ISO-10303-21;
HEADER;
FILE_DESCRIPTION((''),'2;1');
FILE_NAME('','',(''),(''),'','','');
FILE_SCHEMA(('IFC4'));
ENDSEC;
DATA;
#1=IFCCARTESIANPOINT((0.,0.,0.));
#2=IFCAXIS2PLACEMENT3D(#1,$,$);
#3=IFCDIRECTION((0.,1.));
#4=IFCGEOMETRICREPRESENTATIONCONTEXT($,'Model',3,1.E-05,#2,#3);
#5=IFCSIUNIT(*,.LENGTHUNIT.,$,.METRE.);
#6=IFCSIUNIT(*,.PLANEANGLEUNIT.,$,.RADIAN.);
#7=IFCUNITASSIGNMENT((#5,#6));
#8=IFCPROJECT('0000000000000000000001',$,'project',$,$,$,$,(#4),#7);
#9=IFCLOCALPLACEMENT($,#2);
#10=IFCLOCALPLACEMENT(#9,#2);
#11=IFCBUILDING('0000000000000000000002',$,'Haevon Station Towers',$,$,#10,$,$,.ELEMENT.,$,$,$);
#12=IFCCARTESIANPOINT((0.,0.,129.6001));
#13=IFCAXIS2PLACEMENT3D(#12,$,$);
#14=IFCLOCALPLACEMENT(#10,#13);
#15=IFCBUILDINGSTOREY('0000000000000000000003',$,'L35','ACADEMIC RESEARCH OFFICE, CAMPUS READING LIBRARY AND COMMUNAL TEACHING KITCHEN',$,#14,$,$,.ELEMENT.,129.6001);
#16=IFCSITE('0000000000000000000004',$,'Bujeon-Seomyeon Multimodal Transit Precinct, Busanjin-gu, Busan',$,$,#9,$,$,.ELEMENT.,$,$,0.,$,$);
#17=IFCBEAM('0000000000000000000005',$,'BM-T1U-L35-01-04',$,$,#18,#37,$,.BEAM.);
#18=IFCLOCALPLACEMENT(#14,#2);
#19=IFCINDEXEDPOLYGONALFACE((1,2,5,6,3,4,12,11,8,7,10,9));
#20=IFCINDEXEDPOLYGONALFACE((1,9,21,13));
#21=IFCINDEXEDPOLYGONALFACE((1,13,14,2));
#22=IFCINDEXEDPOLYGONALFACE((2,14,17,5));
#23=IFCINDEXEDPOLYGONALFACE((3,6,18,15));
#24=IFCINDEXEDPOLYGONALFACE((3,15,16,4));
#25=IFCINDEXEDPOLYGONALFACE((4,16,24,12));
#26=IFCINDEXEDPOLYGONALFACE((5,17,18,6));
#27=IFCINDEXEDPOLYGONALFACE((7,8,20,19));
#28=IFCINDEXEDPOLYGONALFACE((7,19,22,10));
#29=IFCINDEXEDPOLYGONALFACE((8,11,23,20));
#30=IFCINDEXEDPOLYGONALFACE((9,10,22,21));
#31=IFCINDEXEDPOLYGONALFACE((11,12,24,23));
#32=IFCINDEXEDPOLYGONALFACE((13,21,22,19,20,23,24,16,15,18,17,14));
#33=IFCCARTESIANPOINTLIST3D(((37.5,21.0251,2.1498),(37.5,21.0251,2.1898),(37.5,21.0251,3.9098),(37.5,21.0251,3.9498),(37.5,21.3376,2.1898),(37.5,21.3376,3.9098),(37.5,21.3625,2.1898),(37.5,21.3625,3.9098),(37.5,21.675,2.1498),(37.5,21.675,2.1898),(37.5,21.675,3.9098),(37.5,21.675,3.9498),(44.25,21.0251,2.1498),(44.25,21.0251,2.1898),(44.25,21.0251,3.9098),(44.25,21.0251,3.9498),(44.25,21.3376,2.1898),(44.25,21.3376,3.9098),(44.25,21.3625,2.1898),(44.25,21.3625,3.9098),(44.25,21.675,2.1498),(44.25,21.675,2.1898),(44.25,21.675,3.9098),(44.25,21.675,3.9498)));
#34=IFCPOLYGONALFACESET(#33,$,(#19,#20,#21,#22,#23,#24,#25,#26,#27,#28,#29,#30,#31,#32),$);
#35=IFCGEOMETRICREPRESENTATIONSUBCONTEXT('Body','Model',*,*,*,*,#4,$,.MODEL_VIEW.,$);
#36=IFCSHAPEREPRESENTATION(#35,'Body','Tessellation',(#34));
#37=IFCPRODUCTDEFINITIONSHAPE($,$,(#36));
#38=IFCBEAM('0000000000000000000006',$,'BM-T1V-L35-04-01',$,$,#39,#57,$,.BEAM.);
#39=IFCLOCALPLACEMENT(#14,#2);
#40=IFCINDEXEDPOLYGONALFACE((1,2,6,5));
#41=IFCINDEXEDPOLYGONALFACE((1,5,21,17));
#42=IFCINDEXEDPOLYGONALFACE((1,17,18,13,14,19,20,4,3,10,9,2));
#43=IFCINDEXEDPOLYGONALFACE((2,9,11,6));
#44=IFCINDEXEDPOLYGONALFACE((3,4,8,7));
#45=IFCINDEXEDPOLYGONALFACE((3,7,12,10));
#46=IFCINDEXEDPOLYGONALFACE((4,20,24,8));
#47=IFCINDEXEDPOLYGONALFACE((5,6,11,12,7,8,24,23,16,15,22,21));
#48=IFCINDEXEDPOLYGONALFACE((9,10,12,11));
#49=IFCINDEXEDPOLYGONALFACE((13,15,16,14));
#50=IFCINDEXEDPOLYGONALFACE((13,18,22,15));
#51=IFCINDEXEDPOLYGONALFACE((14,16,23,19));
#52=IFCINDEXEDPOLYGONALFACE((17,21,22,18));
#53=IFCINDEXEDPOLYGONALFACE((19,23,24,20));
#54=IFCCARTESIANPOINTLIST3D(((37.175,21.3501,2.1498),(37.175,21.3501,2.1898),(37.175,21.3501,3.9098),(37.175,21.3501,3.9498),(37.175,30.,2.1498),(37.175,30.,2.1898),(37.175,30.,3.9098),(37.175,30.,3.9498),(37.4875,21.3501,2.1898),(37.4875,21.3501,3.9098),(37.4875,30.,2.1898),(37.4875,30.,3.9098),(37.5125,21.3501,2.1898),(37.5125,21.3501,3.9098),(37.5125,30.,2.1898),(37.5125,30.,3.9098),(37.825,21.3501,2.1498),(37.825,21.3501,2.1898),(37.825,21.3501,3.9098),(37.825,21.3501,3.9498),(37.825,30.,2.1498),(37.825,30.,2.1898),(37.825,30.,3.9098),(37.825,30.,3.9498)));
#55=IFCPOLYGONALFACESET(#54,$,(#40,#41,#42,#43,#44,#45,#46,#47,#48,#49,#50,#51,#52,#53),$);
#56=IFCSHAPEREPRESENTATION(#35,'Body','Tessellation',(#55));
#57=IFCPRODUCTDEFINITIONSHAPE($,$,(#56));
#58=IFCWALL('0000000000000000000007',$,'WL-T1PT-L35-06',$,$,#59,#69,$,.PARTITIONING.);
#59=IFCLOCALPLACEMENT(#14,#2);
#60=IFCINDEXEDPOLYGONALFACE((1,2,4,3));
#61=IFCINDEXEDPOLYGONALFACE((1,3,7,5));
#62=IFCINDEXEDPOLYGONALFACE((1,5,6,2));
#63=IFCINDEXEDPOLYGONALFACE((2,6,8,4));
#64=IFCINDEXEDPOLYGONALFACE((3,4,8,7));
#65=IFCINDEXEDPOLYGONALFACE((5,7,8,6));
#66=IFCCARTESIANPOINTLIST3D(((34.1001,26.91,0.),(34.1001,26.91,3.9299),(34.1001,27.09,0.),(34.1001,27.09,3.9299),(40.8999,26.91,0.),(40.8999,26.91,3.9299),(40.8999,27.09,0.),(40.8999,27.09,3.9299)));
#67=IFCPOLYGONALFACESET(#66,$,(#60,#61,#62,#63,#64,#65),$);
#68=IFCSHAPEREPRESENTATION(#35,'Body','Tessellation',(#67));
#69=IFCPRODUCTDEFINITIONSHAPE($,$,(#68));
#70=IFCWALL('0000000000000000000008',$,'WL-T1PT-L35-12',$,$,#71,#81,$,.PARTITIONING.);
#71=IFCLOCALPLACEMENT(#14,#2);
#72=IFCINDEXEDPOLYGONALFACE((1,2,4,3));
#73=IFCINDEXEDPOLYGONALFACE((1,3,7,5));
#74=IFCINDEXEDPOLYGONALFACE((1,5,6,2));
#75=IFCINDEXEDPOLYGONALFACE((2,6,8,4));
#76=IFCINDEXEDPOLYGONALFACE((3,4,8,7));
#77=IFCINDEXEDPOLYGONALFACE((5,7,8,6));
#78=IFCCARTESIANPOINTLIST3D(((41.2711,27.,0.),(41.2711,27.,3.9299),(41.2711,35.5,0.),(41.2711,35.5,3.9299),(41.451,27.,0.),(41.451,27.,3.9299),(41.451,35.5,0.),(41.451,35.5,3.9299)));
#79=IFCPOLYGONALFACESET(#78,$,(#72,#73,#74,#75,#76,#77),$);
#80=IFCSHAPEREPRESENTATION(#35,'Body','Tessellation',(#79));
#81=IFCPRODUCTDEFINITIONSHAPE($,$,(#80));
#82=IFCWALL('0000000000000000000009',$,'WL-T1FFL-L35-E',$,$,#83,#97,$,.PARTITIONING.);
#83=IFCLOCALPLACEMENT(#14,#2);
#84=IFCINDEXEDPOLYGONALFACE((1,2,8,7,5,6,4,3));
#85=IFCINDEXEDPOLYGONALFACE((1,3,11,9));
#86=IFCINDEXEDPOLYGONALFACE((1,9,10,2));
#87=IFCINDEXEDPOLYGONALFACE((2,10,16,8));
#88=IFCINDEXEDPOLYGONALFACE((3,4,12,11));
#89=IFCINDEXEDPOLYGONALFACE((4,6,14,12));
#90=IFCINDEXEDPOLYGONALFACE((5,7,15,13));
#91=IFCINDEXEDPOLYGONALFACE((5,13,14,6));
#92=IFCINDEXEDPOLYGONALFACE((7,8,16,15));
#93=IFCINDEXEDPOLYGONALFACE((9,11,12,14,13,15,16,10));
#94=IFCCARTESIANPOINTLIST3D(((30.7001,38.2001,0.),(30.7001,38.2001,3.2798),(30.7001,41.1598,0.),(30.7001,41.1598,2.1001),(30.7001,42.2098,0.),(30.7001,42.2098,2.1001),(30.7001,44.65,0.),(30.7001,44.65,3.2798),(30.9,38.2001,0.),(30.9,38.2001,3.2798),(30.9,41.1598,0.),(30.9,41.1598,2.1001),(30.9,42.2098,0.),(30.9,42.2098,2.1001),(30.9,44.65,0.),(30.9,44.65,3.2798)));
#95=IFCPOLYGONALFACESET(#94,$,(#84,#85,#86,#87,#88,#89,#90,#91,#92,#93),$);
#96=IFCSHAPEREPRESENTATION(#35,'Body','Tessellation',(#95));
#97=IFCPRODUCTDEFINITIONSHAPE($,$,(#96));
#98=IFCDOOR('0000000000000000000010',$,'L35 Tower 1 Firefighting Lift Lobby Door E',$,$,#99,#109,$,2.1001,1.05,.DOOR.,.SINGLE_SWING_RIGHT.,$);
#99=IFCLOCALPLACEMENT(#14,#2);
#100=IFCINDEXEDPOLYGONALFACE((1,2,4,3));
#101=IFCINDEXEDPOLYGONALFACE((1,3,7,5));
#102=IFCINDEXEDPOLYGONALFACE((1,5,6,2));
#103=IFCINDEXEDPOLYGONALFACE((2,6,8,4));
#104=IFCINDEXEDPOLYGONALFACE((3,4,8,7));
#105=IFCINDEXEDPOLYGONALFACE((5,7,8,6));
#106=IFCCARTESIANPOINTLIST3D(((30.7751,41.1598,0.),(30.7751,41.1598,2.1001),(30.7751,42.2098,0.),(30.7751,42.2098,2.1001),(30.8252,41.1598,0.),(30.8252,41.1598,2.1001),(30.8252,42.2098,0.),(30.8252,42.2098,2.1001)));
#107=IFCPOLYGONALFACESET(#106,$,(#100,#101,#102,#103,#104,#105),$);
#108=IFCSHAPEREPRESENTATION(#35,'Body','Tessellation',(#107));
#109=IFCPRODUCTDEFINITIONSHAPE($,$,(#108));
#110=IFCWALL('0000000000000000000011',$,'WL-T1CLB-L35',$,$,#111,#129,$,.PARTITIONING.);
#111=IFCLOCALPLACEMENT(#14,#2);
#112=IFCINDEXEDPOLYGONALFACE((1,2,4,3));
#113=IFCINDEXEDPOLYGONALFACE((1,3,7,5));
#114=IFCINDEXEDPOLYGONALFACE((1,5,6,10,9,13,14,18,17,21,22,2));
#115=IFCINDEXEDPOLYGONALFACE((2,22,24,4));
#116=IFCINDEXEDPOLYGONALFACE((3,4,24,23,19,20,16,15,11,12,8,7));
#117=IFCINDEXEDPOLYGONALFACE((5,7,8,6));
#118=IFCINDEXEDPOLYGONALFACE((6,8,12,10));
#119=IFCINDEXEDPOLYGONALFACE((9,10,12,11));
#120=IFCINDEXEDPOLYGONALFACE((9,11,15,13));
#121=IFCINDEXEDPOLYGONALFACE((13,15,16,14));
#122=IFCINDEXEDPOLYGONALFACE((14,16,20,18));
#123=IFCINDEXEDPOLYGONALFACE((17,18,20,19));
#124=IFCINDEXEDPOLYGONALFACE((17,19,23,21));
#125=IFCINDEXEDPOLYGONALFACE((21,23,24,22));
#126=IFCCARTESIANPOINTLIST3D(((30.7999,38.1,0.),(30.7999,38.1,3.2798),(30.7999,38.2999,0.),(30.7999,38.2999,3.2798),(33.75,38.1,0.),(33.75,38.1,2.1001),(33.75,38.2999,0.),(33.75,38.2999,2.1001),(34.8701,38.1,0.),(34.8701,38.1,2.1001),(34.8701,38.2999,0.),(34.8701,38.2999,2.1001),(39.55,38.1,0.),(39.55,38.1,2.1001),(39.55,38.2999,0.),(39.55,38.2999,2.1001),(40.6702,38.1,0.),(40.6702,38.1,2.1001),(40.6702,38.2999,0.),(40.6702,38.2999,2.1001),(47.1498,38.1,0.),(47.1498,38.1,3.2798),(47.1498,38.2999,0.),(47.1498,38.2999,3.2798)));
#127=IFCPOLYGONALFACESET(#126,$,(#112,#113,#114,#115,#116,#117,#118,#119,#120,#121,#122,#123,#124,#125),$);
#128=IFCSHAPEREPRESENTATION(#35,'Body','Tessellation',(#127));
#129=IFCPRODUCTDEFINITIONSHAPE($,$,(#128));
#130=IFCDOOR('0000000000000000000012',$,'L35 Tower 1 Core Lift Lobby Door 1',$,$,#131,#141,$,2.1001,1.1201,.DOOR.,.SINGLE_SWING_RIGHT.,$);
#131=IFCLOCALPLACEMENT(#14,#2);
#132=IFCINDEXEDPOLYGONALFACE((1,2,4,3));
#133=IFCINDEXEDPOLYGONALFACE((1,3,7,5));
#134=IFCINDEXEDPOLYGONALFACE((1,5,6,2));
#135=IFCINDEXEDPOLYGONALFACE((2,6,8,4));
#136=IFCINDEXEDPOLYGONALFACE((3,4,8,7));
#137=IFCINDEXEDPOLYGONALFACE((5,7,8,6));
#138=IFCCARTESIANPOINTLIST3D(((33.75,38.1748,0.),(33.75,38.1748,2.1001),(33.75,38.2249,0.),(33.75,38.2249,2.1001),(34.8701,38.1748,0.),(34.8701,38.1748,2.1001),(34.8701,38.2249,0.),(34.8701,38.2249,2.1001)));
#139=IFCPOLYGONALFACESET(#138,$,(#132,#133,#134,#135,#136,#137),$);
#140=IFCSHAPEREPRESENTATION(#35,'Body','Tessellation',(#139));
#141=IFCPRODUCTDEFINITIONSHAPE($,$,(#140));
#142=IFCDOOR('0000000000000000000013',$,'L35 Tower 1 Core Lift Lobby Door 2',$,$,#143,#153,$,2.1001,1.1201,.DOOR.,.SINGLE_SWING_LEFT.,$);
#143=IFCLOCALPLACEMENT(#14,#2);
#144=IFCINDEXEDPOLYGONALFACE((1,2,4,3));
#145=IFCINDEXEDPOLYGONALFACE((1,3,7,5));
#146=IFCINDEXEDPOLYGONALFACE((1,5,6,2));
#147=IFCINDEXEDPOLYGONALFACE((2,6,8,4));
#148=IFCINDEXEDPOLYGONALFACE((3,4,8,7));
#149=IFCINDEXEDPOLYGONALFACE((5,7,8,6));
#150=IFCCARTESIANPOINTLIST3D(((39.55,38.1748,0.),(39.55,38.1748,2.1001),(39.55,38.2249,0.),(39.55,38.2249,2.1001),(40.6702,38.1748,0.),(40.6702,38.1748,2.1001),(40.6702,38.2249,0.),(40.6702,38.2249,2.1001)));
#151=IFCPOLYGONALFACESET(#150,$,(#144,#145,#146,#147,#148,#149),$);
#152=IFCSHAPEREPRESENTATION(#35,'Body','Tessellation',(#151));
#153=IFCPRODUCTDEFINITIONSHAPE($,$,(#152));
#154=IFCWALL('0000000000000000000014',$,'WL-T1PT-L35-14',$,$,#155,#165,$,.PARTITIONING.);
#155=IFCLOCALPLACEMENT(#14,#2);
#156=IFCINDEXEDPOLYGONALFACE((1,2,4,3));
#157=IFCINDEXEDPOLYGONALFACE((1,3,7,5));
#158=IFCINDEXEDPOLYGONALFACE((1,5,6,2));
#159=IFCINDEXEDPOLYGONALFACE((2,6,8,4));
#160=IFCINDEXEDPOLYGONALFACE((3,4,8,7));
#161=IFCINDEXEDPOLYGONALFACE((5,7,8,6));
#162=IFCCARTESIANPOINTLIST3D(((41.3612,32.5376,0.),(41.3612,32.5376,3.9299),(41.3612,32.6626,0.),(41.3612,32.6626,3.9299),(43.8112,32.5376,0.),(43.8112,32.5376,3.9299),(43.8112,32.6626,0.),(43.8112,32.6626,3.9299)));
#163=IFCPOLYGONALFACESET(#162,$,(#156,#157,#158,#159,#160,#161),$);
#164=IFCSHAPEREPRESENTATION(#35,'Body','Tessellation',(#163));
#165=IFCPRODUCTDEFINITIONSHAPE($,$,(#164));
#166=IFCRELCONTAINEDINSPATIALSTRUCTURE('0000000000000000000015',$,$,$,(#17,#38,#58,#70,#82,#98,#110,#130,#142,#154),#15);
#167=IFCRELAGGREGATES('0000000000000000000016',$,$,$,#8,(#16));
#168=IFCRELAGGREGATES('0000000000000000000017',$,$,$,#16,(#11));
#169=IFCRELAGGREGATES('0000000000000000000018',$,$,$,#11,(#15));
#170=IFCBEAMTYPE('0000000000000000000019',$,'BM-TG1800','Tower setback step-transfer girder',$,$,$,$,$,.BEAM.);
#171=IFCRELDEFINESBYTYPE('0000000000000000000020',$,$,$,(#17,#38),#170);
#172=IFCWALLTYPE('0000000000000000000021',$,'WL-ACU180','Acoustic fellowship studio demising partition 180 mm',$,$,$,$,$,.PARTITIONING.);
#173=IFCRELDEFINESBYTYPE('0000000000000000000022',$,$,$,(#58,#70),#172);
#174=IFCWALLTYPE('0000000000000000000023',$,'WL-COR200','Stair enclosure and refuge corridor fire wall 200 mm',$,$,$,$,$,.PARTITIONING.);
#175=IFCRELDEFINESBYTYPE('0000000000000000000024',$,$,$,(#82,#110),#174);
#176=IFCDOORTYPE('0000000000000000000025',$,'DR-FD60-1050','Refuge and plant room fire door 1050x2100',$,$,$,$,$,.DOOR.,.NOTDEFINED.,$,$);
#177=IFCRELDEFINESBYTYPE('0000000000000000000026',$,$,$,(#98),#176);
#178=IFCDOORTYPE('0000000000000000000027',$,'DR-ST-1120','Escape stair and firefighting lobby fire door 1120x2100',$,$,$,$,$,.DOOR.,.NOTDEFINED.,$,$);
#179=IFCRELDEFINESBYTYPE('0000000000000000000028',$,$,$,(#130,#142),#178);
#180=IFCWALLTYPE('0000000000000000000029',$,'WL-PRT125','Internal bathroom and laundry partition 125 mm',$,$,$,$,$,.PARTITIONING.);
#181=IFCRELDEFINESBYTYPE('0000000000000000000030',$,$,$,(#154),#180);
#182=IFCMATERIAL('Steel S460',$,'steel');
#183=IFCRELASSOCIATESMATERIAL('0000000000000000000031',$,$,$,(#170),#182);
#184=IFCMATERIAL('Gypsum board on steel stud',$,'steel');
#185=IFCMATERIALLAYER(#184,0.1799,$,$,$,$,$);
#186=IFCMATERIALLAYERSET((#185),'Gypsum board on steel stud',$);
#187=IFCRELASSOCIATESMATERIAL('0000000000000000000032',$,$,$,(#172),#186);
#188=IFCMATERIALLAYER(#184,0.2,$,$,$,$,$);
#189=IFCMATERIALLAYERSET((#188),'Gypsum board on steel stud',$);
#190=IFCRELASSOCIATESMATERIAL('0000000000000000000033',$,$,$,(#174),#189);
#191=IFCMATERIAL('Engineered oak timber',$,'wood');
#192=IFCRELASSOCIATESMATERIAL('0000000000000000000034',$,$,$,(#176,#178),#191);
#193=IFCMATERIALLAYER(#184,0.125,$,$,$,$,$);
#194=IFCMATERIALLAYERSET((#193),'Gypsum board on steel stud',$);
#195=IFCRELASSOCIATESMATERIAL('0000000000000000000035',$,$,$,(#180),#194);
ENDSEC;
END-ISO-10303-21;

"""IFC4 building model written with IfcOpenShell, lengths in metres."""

from ifc_helpers import new_model, si_unit, direction, frame, frame_2d, origin, origin_2d, place, context, subcontext, project, spatial, rectangle, i_section, extrude, material, layer, layer_set, material_profile, profile_set, type_object, element, fill, save


model = new_model("IFC4")

# Units and contexts
model_context = context("Model", 3, precision=1e-05, world=origin(), true_north=direction((0.0, 1.0)))
body_context = subcontext(model_context, "Body", "Model", "MODEL_VIEW")
ifc_project = project(units=[si_unit("LENGTHUNIT", "METRE"), si_unit("PLANEANGLEUNIT", "RADIAN")], contexts=[model_context])

# Site, building, storey
site_placement = place(None, origin())
site = spatial("IfcSite", under=ifc_project, at=site_placement, Name="Bujeon-Seomyeon Multimodal Transit Precinct, Busanjin-gu, Busan", CompositionType="ELEMENT", RefElevation=0.0)
building_placement = place(site_placement, origin())
building = spatial("IfcBuilding", under=site, at=building_placement, Name="Haevon Station Towers", CompositionType="ELEMENT")
storey_placement = place(building_placement, frame((0.0, 0.0, 129.6001)))
storey = spatial("IfcBuildingStorey", under=building, at=storey_placement, Name="L35", Description="ACADEMIC RESEARCH OFFICE, CAMPUS READING LIBRARY AND COMMUNAL TEACHING KITCHEN", CompositionType="ELEMENT", Elevation=129.6001)

# Shared definitions
ifc_material_1 = material(Name="Steel S460", Category="steel")

# Beams
ifc_material_profile_1 = material_profile(ifc_material_1, i_section(OverallWidth=0.6499, OverallDepth=1.8, WebThickness=0.0249, FlangeThickness=0.04, at=origin_2d()), Name="H-1800x650x25x40")
ifc_profile_set_1 = profile_set([ifc_material_profile_1], Name="Steel S460")
beam_type_1 = type_object("IfcBeamType", Name="BM-TG1800", Description="Tower setback step-transfer girder", PredefinedType="BEAM", material=ifc_profile_set_1)
beam_1_placement = place(storey_placement, frame((37.5, 21.3501, 3.0498), z_axis=(1.0, 0.0, 0.0), x_axis=(0.0, 1.0, 0.0)))
element("IfcBeam", 1, at=beam_1_placement, inside=storey, type_object=beam_type_1, Name="BM-T1U-L35-01-04", PredefinedType="BEAM", context=body_context, shape_type="SweptSolid", body=[
    extrude(i_section(OverallWidth=0.6499, OverallDepth=1.8, WebThickness=0.0249, FlangeThickness=0.04, at=origin_2d()), origin(), (0.0, 0.0, 1.0), 6.75),
])
beam_2_placement = place(storey_placement, frame((37.5, 21.3501, 3.0498), z_axis=(0.0, 1.0, 0.0), x_axis=(-1.0, 0.0, 0.0)))
element("IfcBeam", 2, at=beam_2_placement, inside=storey, type_object=beam_type_1, Name="BM-T1V-L35-04-01", PredefinedType="BEAM", context=body_context, shape_type="SweptSolid", body=[
    extrude(i_section(OverallWidth=0.6499, OverallDepth=1.8, WebThickness=0.0249, FlangeThickness=0.04, at=origin_2d()), origin(), (0.0, 0.0, 1.0), 8.6499),
])

# Walls
ifc_material_2 = material(Name="Gypsum board on steel stud", Category="steel")
ifc_layer_1 = layer(ifc_material_2, 0.1799)
ifc_layer_set_1 = layer_set([ifc_layer_1], Name="Gypsum board on steel stud")
wall_type_1 = type_object("IfcWallType", Name="WL-ACU180", Description="Acoustic fellowship studio demising partition 180 mm", PredefinedType="PARTITIONING", material=ifc_layer_set_1)
wall_1_placement = place(storey_placement, frame((34.1001, 27.0, 0.0), z_axis=(0.0, 0.0, 1.0), x_axis=(1.0, 0.0, 0.0)))
element("IfcWall", 3, at=wall_1_placement, inside=storey, type_object=wall_type_1, Name="WL-T1PT-L35-06", PredefinedType="PARTITIONING", context=body_context, shape_type="SweptSolid", body=[
    extrude(rectangle(XDim=6.7998, YDim=0.1799, at=frame_2d((3.3999, 0.0))), origin(), (0.0, 0.0, 1.0), 3.9299),
])
wall_2_placement = place(storey_placement, frame((41.3611, 27.0, 0.0), z_axis=(0.0, 0.0, 1.0), x_axis=(0.0, 1.0, 0.0)))
element("IfcWall", 4, at=wall_2_placement, inside=storey, type_object=wall_type_1, Name="WL-T1PT-L35-12", PredefinedType="PARTITIONING", context=body_context, shape_type="SweptSolid", body=[
    extrude(rectangle(XDim=8.5, YDim=0.1799, at=frame_2d((4.25, 0.0))), origin(), (0.0, 0.0, 1.0), 3.9299),
])

# Wall, opening, door
ifc_layer_2 = layer(ifc_material_2, 0.2)
ifc_layer_set_2 = layer_set([ifc_layer_2], Name="Gypsum board on steel stud")
wall_type_2 = type_object("IfcWallType", Name="WL-COR200", Description="Stair enclosure and refuge corridor fire wall 200 mm", PredefinedType="PARTITIONING", material=ifc_layer_set_2)
wall_3_placement = place(storey_placement, frame((30.8, 38.2, 0.0), z_axis=(0.0, 0.0, 1.0), x_axis=(0.0, 1.0, 0.0)))
wall_3 = element("IfcWall", 5, at=wall_3_placement, inside=storey, type_object=wall_type_2, Name="WL-T1FFL-L35-E", PredefinedType="PARTITIONING", context=body_context, shape_type="SweptSolid", body=[
    extrude(rectangle(XDim=6.45, YDim=0.2, at=frame_2d((3.2251, 0.0))), origin(), (0.0, 0.0, 1.0), 3.2798),
])
opening_1_placement = place(wall_3_placement, frame((2.96, 0.0, 0.0)))
opening_1 = element("IfcOpeningElement", 6, at=opening_1_placement, cuts=wall_3, PredefinedType="OPENING", context=body_context, shape_type="SweptSolid", body=[
    extrude(rectangle(XDim=1.05, YDim=2.1001, at=frame_2d((0.5249, 1.05))), frame((0.0, 0.1099, 0.0), z_axis=(0.0, -1.0, 0.0), x_axis=(1.0, 0.0, 0.0)), (0.0, 0.0, 1.0), 0.22),
])
ifc_material_3 = material(Name="Engineered oak timber", Category="wood")
door_type_1 = type_object("IfcDoorType", Name="DR-FD60-1050", Description="Refuge and plant room fire door 1050x2100", OperationType="NOTDEFINED", PredefinedType="DOOR", material=ifc_material_3)
door_1_placement = place(opening_1_placement, origin())
door_1 = element("IfcDoor", 7, at=door_1_placement, inside=storey, type_object=door_type_1, Name="L35 Tower 1 Firefighting Lift Lobby Door E", OperationType="SINGLE_SWING_RIGHT", OverallHeight=2.1001, OverallWidth=1.05, PredefinedType="DOOR", context=body_context, shape_type="SweptSolid", body=[
    extrude(rectangle(XDim=1.05, YDim=2.1001, at=frame_2d((0.5249, 1.05))), frame((0.0, 0.0249, 0.0), z_axis=(0.0, -1.0, 0.0), x_axis=(1.0, 0.0, 0.0)), (0.0, 0.0, 1.0), 0.05),
])
fill(opening_1, door_1)

# Wall, openings, doors
wall_4_placement = place(storey_placement, frame((30.8, 38.2, 0.0), z_axis=(0.0, 0.0, 1.0), x_axis=(1.0, 0.0, 0.0)))
wall_4 = element("IfcWall", 8, at=wall_4_placement, inside=storey, type_object=wall_type_2, Name="WL-T1CLB-L35", PredefinedType="PARTITIONING", context=body_context, shape_type="SweptSolid", body=[
    extrude(rectangle(XDim=16.3499, YDim=0.2, at=frame_2d((8.1748, 0.0))), origin(), (0.0, 0.0, 1.0), 3.2798),
])
opening_2_placement = place(wall_4_placement, frame((2.95, 0.0, 0.0)))
opening_2 = element("IfcOpeningElement", 9, at=opening_2_placement, cuts=wall_4, PredefinedType="OPENING", context=body_context, shape_type="SweptSolid", body=[
    extrude(rectangle(XDim=1.1201, YDim=2.1001, at=frame_2d((0.5601, 1.05))), frame((0.0, 0.1099, 0.0), z_axis=(0.0, -1.0, 0.0), x_axis=(1.0, 0.0, 0.0)), (0.0, 0.0, 1.0), 0.22),
])
opening_3_placement = place(wall_4_placement, frame((8.75, 0.0, 0.0)))
opening_3 = element("IfcOpeningElement", 10, at=opening_3_placement, cuts=wall_4, PredefinedType="OPENING", context=body_context, shape_type="SweptSolid", body=[
    extrude(rectangle(XDim=1.1201, YDim=2.1001, at=frame_2d((0.5601, 1.05))), frame((0.0, 0.1099, 0.0), z_axis=(0.0, -1.0, 0.0), x_axis=(1.0, 0.0, 0.0)), (0.0, 0.0, 1.0), 0.22),
])
door_type_2 = type_object("IfcDoorType", Name="DR-ST-1120", Description="Escape stair and firefighting lobby fire door 1120x2100", OperationType="NOTDEFINED", PredefinedType="DOOR", material=ifc_material_3)
door_2_placement = place(opening_2_placement, origin())
door_2 = element("IfcDoor", 11, at=door_2_placement, inside=storey, type_object=door_type_2, Name="L35 Tower 1 Core Lift Lobby Door 1", OperationType="SINGLE_SWING_RIGHT", OverallHeight=2.1001, OverallWidth=1.1201, PredefinedType="DOOR", context=body_context, shape_type="SweptSolid", body=[
    extrude(rectangle(XDim=1.1201, YDim=2.1001, at=frame_2d((0.5601, 1.05))), frame((0.0, 0.0249, 0.0), z_axis=(0.0, -1.0, 0.0), x_axis=(1.0, 0.0, 0.0)), (0.0, 0.0, 1.0), 0.05),
])
fill(opening_2, door_2)
door_3_placement = place(opening_3_placement, origin())
door_3 = element("IfcDoor", 12, at=door_3_placement, inside=storey, type_object=door_type_2, Name="L35 Tower 1 Core Lift Lobby Door 2", OperationType="SINGLE_SWING_LEFT", OverallHeight=2.1001, OverallWidth=1.1201, PredefinedType="DOOR", context=body_context, shape_type="SweptSolid", body=[
    extrude(rectangle(XDim=1.1201, YDim=2.1001, at=frame_2d((0.5601, 1.05))), frame((0.0, 0.0249, 0.0), z_axis=(0.0, -1.0, 0.0), x_axis=(1.0, 0.0, 0.0)), (0.0, 0.0, 1.0), 0.05),
])
fill(opening_3, door_3)

# Wall
ifc_layer_3 = layer(ifc_material_2, 0.125)
ifc_layer_set_3 = layer_set([ifc_layer_3], Name="Gypsum board on steel stud")
wall_type_3 = type_object("IfcWallType", Name="WL-PRT125", Description="Internal bathroom and laundry partition 125 mm", PredefinedType="PARTITIONING", material=ifc_layer_set_3)
wall_5_placement = place(storey_placement, frame((41.3611, 32.6001, 0.0), z_axis=(0.0, 0.0, 1.0), x_axis=(1.0, 0.0, 0.0)))
element("IfcWall", 13, at=wall_5_placement, inside=storey, type_object=wall_type_3, Name="WL-T1PT-L35-14", PredefinedType="PARTITIONING", context=body_context, shape_type="SweptSolid", body=[
    extrude(rectangle(XDim=2.45, YDim=0.125, at=frame_2d((1.2251, 0.0))), origin(), (0.0, 0.0, 1.0), 3.9299),
])

save(model, "model.ifc")
